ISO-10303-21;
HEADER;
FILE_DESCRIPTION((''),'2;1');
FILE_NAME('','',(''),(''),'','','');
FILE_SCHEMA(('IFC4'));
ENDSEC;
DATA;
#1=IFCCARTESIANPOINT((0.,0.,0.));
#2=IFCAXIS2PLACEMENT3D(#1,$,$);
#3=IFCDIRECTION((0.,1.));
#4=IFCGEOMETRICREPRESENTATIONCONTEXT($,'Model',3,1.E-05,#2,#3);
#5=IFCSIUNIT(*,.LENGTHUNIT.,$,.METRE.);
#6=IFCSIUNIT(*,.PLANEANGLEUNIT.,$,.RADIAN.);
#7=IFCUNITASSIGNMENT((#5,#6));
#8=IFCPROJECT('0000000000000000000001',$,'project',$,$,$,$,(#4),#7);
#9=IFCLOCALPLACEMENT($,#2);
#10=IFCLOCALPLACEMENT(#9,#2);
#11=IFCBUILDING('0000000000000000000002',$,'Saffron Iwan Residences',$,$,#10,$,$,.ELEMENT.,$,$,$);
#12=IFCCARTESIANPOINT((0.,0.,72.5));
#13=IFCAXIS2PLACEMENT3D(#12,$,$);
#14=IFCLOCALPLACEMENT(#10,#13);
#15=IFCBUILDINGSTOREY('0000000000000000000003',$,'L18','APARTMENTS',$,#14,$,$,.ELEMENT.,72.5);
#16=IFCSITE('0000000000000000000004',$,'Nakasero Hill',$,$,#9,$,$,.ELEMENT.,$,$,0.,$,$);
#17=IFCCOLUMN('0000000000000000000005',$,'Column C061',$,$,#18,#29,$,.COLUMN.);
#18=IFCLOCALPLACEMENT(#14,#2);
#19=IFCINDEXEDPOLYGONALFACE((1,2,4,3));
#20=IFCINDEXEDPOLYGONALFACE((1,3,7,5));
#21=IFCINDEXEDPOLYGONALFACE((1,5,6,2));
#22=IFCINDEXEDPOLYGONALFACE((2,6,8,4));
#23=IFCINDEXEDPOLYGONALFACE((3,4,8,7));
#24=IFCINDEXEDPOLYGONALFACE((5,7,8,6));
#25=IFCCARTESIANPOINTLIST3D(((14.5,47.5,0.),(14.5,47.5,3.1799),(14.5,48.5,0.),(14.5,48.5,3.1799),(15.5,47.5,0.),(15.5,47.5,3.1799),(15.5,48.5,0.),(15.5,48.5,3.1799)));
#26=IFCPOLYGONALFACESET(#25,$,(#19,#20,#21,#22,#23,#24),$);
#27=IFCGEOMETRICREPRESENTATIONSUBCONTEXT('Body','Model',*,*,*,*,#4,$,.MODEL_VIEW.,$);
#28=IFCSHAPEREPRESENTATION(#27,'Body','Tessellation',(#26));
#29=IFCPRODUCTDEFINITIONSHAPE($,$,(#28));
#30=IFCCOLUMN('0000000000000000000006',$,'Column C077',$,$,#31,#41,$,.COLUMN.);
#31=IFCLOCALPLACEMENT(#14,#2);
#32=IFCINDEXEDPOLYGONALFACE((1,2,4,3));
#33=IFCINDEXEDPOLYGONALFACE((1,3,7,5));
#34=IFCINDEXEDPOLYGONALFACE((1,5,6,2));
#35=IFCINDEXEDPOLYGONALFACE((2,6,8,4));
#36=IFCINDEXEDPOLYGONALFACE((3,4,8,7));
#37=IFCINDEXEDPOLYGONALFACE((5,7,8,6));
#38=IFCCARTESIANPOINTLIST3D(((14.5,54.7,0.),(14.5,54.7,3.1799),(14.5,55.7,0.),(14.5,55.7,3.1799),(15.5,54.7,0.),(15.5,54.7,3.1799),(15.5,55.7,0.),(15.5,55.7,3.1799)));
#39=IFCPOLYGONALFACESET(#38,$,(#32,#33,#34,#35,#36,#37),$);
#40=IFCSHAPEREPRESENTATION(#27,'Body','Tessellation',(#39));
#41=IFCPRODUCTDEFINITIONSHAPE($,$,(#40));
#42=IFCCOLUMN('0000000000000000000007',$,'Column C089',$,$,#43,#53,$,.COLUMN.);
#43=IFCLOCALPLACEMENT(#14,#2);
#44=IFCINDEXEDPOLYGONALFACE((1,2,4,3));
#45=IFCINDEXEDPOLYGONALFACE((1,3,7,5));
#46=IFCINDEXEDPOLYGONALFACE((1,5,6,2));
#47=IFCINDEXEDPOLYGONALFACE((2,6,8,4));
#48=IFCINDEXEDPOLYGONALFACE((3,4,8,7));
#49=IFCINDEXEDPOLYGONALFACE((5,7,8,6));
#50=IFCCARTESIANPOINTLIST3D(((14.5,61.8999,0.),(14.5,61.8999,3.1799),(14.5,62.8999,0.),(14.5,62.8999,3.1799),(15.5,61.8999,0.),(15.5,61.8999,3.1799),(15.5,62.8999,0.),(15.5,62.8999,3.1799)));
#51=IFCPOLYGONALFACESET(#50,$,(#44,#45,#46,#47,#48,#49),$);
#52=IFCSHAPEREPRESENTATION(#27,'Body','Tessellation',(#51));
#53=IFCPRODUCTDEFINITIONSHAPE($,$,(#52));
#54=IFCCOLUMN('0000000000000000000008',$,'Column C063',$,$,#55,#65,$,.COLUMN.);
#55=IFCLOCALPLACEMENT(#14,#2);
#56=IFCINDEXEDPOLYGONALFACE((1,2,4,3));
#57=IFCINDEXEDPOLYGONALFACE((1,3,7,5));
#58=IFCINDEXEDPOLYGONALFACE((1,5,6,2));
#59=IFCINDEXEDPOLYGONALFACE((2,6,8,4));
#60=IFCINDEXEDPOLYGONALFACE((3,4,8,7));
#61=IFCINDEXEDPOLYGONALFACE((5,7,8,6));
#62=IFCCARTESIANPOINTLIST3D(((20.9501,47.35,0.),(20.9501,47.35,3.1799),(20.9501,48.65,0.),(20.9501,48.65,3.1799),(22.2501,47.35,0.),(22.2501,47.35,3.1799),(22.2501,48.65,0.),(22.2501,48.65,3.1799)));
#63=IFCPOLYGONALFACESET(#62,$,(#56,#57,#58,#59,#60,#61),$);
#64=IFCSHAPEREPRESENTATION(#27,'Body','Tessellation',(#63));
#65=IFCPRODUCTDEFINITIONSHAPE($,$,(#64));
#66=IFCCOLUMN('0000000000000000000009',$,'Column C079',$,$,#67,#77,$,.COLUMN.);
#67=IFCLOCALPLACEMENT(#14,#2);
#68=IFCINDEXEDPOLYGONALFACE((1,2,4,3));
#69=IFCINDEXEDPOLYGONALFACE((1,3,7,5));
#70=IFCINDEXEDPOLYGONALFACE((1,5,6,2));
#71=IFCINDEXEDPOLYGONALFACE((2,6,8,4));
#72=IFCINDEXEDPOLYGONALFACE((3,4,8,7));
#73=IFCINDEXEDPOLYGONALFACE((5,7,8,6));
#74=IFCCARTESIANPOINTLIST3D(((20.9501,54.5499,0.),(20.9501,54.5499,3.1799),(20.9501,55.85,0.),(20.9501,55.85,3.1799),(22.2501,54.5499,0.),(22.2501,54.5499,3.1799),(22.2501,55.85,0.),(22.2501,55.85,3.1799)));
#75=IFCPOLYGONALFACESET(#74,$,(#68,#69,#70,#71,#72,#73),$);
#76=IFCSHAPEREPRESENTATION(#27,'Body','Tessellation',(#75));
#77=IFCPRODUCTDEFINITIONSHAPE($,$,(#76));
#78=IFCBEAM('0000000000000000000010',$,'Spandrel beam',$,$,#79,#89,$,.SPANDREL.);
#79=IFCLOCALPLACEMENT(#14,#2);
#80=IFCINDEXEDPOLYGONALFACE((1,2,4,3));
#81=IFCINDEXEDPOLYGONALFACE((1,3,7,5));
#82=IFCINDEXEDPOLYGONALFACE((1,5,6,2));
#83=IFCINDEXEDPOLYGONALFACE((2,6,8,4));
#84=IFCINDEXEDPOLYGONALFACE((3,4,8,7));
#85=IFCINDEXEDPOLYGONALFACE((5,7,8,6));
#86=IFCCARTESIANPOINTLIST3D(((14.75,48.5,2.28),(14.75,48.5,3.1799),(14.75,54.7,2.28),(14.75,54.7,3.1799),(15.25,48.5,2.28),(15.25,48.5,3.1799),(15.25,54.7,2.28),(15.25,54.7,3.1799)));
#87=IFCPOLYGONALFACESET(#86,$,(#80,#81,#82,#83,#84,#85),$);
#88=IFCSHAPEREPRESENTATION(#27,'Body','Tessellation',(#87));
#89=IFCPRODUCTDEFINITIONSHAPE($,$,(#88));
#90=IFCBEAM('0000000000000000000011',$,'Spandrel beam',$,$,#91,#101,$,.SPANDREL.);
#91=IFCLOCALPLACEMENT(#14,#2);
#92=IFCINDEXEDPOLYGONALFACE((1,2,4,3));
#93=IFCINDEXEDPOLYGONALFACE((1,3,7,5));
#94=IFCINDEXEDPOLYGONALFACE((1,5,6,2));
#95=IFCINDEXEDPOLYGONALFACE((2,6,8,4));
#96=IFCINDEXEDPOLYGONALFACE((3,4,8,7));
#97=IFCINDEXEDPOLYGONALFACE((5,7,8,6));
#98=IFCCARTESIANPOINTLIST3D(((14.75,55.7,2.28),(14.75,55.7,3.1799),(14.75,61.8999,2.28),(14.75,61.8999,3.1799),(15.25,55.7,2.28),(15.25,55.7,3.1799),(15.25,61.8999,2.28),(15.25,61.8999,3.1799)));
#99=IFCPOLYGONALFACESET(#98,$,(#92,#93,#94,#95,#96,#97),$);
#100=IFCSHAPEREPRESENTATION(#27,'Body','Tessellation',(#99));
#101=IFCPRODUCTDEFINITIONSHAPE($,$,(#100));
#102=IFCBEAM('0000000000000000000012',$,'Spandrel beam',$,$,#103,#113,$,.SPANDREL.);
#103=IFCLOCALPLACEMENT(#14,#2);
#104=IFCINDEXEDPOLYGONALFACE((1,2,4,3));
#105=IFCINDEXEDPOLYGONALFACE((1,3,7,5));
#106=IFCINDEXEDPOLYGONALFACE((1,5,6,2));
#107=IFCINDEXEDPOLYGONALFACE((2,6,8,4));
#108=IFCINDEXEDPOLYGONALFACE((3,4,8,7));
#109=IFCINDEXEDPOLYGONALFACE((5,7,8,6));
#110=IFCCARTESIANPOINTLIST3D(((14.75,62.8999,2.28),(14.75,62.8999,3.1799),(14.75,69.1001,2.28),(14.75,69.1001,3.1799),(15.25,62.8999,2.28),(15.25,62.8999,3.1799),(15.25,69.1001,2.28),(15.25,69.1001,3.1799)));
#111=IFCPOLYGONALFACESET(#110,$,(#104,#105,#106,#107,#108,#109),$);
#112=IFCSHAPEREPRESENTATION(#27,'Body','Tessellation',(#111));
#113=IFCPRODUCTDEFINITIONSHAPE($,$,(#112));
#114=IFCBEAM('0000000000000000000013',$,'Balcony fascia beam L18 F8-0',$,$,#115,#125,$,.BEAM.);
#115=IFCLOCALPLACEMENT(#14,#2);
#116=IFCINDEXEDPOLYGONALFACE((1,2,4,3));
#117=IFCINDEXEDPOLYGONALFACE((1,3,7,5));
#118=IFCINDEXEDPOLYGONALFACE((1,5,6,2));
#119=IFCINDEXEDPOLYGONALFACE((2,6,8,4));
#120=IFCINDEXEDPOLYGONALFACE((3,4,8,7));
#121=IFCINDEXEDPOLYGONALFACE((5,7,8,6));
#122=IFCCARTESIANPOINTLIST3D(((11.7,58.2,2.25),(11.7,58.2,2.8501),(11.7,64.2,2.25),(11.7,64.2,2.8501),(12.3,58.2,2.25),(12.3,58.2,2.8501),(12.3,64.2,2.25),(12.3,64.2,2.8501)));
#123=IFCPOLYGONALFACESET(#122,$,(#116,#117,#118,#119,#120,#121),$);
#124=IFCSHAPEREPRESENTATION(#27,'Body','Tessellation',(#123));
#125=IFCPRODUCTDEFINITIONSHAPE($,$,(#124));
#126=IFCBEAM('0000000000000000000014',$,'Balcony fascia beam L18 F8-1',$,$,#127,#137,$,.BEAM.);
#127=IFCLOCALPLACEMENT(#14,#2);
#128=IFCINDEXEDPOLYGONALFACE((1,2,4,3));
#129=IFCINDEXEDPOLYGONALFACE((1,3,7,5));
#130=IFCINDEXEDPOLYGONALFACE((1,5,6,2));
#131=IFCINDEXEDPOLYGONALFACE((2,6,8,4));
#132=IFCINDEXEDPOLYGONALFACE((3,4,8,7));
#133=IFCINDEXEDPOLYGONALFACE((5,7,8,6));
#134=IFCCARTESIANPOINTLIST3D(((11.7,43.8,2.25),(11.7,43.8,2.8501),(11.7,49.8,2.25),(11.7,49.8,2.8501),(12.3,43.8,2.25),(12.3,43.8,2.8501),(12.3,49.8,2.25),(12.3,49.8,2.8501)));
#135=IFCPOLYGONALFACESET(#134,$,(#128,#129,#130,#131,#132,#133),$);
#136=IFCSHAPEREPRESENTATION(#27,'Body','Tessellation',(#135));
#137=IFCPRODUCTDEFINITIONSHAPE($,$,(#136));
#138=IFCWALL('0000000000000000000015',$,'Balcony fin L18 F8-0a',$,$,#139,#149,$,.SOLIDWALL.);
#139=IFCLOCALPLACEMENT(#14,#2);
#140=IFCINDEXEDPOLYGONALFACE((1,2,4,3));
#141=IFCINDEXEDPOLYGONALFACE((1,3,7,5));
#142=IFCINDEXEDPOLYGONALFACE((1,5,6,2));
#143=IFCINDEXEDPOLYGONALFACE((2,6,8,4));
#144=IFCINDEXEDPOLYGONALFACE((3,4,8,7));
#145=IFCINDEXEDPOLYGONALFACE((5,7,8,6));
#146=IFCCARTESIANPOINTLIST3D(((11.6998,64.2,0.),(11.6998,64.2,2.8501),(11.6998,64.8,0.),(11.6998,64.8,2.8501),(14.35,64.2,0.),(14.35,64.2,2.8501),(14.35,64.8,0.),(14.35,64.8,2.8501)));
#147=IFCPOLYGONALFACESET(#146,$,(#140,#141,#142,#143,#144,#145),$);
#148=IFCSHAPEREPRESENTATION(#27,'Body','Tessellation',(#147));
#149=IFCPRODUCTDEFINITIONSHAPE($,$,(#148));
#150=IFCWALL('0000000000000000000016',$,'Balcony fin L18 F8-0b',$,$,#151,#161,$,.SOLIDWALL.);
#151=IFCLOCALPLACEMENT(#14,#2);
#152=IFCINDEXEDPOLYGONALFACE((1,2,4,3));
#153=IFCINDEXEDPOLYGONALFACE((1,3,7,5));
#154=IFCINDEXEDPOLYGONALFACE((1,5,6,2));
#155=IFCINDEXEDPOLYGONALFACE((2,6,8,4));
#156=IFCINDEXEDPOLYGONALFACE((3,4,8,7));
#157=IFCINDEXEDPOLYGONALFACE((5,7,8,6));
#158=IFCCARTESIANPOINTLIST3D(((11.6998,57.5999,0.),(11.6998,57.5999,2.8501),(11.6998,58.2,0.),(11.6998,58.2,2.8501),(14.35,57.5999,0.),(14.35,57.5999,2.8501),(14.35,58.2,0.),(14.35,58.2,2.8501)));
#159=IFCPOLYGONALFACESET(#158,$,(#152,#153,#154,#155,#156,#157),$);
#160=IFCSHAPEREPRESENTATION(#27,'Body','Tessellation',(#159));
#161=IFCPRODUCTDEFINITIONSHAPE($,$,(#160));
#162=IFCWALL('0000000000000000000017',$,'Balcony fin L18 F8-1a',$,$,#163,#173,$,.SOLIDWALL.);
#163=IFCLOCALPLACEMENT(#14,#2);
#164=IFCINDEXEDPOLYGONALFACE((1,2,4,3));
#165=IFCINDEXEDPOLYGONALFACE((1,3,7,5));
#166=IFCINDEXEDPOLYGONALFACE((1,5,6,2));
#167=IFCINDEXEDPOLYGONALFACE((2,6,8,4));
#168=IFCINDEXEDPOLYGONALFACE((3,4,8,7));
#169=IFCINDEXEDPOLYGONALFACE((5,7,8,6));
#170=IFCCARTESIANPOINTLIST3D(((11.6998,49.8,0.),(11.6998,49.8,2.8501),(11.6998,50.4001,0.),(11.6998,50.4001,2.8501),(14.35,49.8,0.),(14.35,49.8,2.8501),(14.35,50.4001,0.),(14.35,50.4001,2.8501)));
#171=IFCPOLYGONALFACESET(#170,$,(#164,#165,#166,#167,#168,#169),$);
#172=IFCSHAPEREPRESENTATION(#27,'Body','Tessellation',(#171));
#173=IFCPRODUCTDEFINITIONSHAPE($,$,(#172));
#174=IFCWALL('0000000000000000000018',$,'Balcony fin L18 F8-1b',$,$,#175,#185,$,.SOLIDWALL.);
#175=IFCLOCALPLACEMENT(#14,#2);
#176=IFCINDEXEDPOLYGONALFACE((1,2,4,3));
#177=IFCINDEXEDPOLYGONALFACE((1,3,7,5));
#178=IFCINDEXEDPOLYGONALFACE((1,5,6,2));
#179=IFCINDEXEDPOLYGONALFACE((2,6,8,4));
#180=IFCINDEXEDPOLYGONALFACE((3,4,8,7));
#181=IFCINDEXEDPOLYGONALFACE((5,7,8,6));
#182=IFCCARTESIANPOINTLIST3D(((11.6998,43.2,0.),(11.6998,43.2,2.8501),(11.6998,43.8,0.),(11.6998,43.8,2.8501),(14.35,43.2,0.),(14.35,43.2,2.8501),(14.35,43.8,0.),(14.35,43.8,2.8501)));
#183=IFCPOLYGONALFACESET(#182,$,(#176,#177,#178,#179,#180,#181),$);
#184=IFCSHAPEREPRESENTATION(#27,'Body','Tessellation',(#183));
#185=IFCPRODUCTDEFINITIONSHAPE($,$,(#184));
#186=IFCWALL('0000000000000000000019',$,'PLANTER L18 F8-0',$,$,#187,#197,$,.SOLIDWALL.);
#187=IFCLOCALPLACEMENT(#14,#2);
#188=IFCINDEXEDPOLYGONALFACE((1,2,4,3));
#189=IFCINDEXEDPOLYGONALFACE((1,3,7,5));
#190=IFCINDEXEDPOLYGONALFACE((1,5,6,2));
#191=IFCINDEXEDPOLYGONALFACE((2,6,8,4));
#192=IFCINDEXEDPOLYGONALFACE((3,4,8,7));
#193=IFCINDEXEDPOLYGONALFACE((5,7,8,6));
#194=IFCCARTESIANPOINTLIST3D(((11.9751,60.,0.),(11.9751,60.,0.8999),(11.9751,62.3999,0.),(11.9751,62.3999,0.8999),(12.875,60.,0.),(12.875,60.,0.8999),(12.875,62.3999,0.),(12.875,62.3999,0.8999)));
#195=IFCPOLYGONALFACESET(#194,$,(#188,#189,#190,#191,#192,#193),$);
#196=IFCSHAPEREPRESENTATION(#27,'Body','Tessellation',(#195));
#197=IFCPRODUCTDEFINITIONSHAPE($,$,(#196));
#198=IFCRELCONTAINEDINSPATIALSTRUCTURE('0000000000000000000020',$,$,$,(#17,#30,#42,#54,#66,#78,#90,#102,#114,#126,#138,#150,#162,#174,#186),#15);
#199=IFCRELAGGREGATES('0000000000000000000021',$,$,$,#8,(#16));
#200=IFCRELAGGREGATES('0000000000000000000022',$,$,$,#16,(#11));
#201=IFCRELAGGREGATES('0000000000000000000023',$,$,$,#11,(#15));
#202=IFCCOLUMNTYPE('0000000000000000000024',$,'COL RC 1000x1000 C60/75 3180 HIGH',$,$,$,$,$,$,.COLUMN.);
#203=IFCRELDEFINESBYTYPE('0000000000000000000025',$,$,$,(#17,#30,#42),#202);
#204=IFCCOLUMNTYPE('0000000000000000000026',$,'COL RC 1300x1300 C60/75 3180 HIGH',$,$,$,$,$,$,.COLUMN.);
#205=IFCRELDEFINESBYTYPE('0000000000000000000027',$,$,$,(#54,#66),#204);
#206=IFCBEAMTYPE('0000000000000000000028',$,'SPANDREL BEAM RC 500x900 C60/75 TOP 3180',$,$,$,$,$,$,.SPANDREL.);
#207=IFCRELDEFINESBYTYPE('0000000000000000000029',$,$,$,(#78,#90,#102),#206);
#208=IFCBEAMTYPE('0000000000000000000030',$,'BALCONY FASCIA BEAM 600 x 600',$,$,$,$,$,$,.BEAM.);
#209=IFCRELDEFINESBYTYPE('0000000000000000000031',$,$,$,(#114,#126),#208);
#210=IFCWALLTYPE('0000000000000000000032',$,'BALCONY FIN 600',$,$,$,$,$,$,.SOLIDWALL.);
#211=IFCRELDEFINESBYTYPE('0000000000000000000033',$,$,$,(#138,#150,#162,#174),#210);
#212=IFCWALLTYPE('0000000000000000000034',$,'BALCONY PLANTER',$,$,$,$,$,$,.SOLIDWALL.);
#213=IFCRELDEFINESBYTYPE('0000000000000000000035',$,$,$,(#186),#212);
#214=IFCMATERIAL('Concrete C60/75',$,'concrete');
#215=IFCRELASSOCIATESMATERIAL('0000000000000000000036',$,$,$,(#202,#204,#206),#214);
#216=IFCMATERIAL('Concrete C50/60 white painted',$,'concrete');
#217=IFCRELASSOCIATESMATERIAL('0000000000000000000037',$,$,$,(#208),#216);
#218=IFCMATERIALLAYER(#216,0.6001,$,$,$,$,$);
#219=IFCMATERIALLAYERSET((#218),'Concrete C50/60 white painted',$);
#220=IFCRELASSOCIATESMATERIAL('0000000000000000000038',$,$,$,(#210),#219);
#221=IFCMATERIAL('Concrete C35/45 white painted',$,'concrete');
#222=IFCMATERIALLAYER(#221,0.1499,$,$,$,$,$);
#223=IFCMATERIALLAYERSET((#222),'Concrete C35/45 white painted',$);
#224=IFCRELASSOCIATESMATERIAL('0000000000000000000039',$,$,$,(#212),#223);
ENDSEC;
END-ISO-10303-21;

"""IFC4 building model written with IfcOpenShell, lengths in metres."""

from ifc_helpers import new_model, si_unit, direction, frame, frame_2d, origin, origin_2d, place, context, subcontext, project, spatial, rectangle, extrude, source, transform, mapped, material, layer, layer_set, material_profile, profile_set, type_object, element, save


model = new_model("IFC4")

# Units and contexts
model_context = context("Model", 3, precision=1e-05, world=origin(), true_north=direction((0.0, 1.0)))
body_context = subcontext(model_context, "Body", "Model", "MODEL_VIEW")
ifc_project = project(units=[si_unit("LENGTHUNIT", "METRE"), si_unit("PLANEANGLEUNIT", "RADIAN")], contexts=[model_context])

# Site, building, storey
site_placement = place(None, origin())
site = spatial("IfcSite", under=ifc_project, at=site_placement, Name="Nakasero Hill", CompositionType="ELEMENT", RefElevation=0.0)
building_placement = place(site_placement, origin())
building = spatial("IfcBuilding", under=site, at=building_placement, Name="Saffron Iwan Residences", CompositionType="ELEMENT")
storey_placement = place(building_placement, frame((0.0, 0.0, 72.5)))
storey = spatial("IfcBuildingStorey", under=building, at=storey_placement, Name="L18", Description="APARTMENTS", CompositionType="ELEMENT", Elevation=72.5)

# Columns
ifc_material_1 = material(Name="Concrete C60/75", Category="concrete")
ifc_material_profile_1 = material_profile(ifc_material_1, rectangle(XDim=1.0, YDim=1.0, at=origin_2d()), Name="RC 1000x1000")
ifc_profile_set_1 = profile_set([ifc_material_profile_1], Name="Concrete C60/75")
column_type_1 = type_object("IfcColumnType", Name="COL RC 1000x1000 C60/75 3180 HIGH", PredefinedType="COLUMN", material=ifc_profile_set_1)
shared_shape_1 = source(origin(), body_context, "Body", "SweptSolid", [
    extrude(rectangle(XDim=1.0, YDim=1.0, at=origin_2d()), origin(), (0.0, 0.0, 1.0), 3.1799),
])
for number, where, z_axis, x_axis, name in (
    (1, (15.0, 48.0, 0.0), (0.0, 0.0, 1.0), (1.0, 0.0, 0.0), "Column C061"),
    (2, (15.0, 55.2, 0.0), (0.0, 0.0, 1.0), (1.0, 0.0, 0.0), "Column C077"),
    (3, (15.0, 62.3999, 0.0), (0.0, 0.0, 1.0), (1.0, 0.0, 0.0), "Column C089"),
):
    element("IfcColumn", number, at=place(storey_placement, frame(where, z_axis=z_axis, x_axis=x_axis)), inside=storey, type_object=column_type_1, Name=name, PredefinedType="COLUMN", context=body_context, shape_type="MappedRepresentation", body=[
        mapped(shared_shape_1, transform((0.0, 0.0, 0.0))),
    ])
ifc_material_profile_2 = material_profile(ifc_material_1, rectangle(XDim=1.3, YDim=1.3, at=origin_2d()), Name="RC 1300x1300")
ifc_profile_set_2 = profile_set([ifc_material_profile_2], Name="Concrete C60/75")
column_type_2 = type_object("IfcColumnType", Name="COL RC 1300x1300 C60/75 3180 HIGH", PredefinedType="COLUMN", material=ifc_profile_set_2)
shared_shape_2 = source(origin(), body_context, "Body", "SweptSolid", [
    extrude(rectangle(XDim=1.3, YDim=1.3, at=origin_2d()), origin(), (0.0, 0.0, 1.0), 3.1799),
])
for number, where, z_axis, x_axis, name in (
    (4, (21.6001, 48.0, 0.0), (0.0, 0.0, 1.0), (1.0, 0.0, 0.0), "Column C063"),
    (5, (21.6001, 55.2, 0.0), (0.0, 0.0, 1.0), (1.0, 0.0, 0.0), "Column C079"),
):
    element("IfcColumn", number, at=place(storey_placement, frame(where, z_axis=z_axis, x_axis=x_axis)), inside=storey, type_object=column_type_2, Name=name, PredefinedType="COLUMN", context=body_context, shape_type="MappedRepresentation", body=[
        mapped(shared_shape_2, transform((0.0, 0.0, 0.0))),
    ])

# Beams
ifc_material_profile_3 = material_profile(ifc_material_1, rectangle(XDim=0.5, YDim=0.8999, at=origin_2d()), Name="RC 500x900")
ifc_profile_set_3 = profile_set([ifc_material_profile_3], Name="Concrete C60/75")
beam_type_1 = type_object("IfcBeamType", Name="SPANDREL BEAM RC 500x900 C60/75 TOP 3180", PredefinedType="SPANDREL", material=ifc_profile_set_3)
shared_shape_3 = source(origin(), body_context, "Body", "SweptSolid", [
    extrude(rectangle(XDim=0.5, YDim=0.8999, at=origin_2d()), origin(), (0.0, 0.0, 1.0), 6.2),
])
for number, where, z_axis, x_axis, name in (
    (6, (15.0, 48.5, 2.73), (0.0, 1.0, 0.0), (-1.0, 0.0, 0.0), "Spandrel beam"),
    (7, (15.0, 55.7, 2.73), (0.0, 1.0, 0.0), (-1.0, 0.0, 0.0), "Spandrel beam"),
):
    element("IfcBeam", number, at=place(storey_placement, frame(where, z_axis=z_axis, x_axis=x_axis)), inside=storey, type_object=beam_type_1, Name=name, PredefinedType="SPANDREL", context=body_context, shape_type="MappedRepresentation", body=[
        mapped(shared_shape_3, transform((0.0, 0.0, 0.0))),
    ])
shared_shape_4 = source(origin(), body_context, "Body", "SweptSolid", [
    extrude(rectangle(XDim=0.5, YDim=0.8999, at=origin_2d()), origin(), (0.0, 0.0, 1.0), 6.2002),
])
beam_placement = place(storey_placement, frame((15.0, 62.8999, 2.73), z_axis=(0.0, 1.0, 0.0), x_axis=(-1.0, 0.0, 0.0)))
element("IfcBeam", 8, at=beam_placement, inside=storey, type_object=beam_type_1, Name="Spandrel beam", PredefinedType="SPANDREL", context=body_context, shape_type="MappedRepresentation", body=[
    mapped(shared_shape_4, transform((0.0, 0.0, 0.0))),
])
ifc_material_2 = material(Name="Concrete C50/60 white painted", Category="concrete")
ifc_material_profile_4 = material_profile(ifc_material_2, rectangle(XDim=0.6001, YDim=0.6001, at=origin_2d()), Name="BALCONY FASCIA BEAM 600 x 600")
ifc_profile_set_4 = profile_set([ifc_material_profile_4], Name="Concrete C50/60 white painted")
beam_type_2 = type_object("IfcBeamType", Name="BALCONY FASCIA BEAM 600 x 600", PredefinedType="BEAM", material=ifc_profile_set_4)
shared_shape_5 = source(origin(), body_context, "Body", "SweptSolid", [
    extrude(rectangle(XDim=0.6001, YDim=0.6001, at=origin_2d()), origin(), (0.0, 0.0, 1.0), 6.0),
])
for number, where, z_axis, x_axis, name in (
    (9, (12.0, 64.2, 2.55), (0.0, -1.0, 0.0), (1.0, 0.0, 0.0), "Balcony fascia beam L18 F8-0"),
    (10, (12.0, 49.8, 2.55), (0.0, -1.0, 0.0), (1.0, 0.0, 0.0), "Balcony fascia beam L18 F8-1"),
):
    element("IfcBeam", number, at=place(storey_placement, frame(where, z_axis=z_axis, x_axis=x_axis)), inside=storey, type_object=beam_type_2, Name=name, PredefinedType="BEAM", context=body_context, shape_type="MappedRepresentation", body=[
        mapped(shared_shape_5, transform((0.0, 0.0, 0.0))),
    ])

# Walls
ifc_layer_1 = layer(ifc_material_2, 0.6001)
ifc_layer_set_1 = layer_set([ifc_layer_1], Name="Concrete C50/60 white painted")
wall_type_1 = type_object("IfcWallType", Name="BALCONY FIN 600", PredefinedType="SOLIDWALL", material=ifc_layer_set_1)
for number, where, z_axis, x_axis, name in (
    (11, (14.3501, 64.5, 0.0), (0.0, 0.0, 1.0), (-1.0, 0.0, 0.0), "Balcony fin L18 F8-0a"),
    (12, (14.3501, 57.8999, 0.0), (0.0, 0.0, 1.0), (-1.0, 0.0, 0.0), "Balcony fin L18 F8-0b"),
    (13, (14.3501, 50.1001, 0.0), (0.0, 0.0, 1.0), (-1.0, 0.0, 0.0), "Balcony fin L18 F8-1a"),
    (14, (14.3501, 43.5, 0.0), (0.0, 0.0, 1.0), (-1.0, 0.0, 0.0), "Balcony fin L18 F8-1b"),
):
    element("IfcWall", number, at=place(storey_placement, frame(where, z_axis=z_axis, x_axis=x_axis)), inside=storey, type_object=wall_type_1, Name=name, PredefinedType="SOLIDWALL", context=body_context, shape_type="SweptSolid", body=[
        extrude(rectangle(XDim=2.6501, YDim=0.6001, at=frame_2d((1.3252, 0.0))), origin(), (0.0, 0.0, 1.0), 2.8501),
    ])
ifc_material_3 = material(Name="Concrete C35/45 white painted", Category="concrete")
ifc_layer_2 = layer(ifc_material_3, 0.1499)
ifc_layer_set_2 = layer_set([ifc_layer_2], Name="Concrete C35/45 white painted")
wall_type_2 = type_object("IfcWallType", Name="BALCONY PLANTER", PredefinedType="SOLIDWALL", material=ifc_layer_set_2)
for number, where, z_axis, x_axis, name in (
    (15, (12.425, 62.3999, 0.0), (0.0, 0.0, 1.0), (0.0, -1.0, 0.0), "PLANTER L18 F8-0"),
):
    element("IfcWall", number, at=place(storey_placement, frame(where, z_axis=z_axis, x_axis=x_axis)), inside=storey, type_object=wall_type_2, Name=name, PredefinedType="SOLIDWALL", context=body_context, shape_type="SweptSolid", body=[
        extrude(rectangle(XDim=2.3999, YDim=0.8999, at=frame_2d((1.2, 0.0))), origin(), (0.0, 0.0, 1.0), 0.8999),
    ])

save(model, "model.ifc")
